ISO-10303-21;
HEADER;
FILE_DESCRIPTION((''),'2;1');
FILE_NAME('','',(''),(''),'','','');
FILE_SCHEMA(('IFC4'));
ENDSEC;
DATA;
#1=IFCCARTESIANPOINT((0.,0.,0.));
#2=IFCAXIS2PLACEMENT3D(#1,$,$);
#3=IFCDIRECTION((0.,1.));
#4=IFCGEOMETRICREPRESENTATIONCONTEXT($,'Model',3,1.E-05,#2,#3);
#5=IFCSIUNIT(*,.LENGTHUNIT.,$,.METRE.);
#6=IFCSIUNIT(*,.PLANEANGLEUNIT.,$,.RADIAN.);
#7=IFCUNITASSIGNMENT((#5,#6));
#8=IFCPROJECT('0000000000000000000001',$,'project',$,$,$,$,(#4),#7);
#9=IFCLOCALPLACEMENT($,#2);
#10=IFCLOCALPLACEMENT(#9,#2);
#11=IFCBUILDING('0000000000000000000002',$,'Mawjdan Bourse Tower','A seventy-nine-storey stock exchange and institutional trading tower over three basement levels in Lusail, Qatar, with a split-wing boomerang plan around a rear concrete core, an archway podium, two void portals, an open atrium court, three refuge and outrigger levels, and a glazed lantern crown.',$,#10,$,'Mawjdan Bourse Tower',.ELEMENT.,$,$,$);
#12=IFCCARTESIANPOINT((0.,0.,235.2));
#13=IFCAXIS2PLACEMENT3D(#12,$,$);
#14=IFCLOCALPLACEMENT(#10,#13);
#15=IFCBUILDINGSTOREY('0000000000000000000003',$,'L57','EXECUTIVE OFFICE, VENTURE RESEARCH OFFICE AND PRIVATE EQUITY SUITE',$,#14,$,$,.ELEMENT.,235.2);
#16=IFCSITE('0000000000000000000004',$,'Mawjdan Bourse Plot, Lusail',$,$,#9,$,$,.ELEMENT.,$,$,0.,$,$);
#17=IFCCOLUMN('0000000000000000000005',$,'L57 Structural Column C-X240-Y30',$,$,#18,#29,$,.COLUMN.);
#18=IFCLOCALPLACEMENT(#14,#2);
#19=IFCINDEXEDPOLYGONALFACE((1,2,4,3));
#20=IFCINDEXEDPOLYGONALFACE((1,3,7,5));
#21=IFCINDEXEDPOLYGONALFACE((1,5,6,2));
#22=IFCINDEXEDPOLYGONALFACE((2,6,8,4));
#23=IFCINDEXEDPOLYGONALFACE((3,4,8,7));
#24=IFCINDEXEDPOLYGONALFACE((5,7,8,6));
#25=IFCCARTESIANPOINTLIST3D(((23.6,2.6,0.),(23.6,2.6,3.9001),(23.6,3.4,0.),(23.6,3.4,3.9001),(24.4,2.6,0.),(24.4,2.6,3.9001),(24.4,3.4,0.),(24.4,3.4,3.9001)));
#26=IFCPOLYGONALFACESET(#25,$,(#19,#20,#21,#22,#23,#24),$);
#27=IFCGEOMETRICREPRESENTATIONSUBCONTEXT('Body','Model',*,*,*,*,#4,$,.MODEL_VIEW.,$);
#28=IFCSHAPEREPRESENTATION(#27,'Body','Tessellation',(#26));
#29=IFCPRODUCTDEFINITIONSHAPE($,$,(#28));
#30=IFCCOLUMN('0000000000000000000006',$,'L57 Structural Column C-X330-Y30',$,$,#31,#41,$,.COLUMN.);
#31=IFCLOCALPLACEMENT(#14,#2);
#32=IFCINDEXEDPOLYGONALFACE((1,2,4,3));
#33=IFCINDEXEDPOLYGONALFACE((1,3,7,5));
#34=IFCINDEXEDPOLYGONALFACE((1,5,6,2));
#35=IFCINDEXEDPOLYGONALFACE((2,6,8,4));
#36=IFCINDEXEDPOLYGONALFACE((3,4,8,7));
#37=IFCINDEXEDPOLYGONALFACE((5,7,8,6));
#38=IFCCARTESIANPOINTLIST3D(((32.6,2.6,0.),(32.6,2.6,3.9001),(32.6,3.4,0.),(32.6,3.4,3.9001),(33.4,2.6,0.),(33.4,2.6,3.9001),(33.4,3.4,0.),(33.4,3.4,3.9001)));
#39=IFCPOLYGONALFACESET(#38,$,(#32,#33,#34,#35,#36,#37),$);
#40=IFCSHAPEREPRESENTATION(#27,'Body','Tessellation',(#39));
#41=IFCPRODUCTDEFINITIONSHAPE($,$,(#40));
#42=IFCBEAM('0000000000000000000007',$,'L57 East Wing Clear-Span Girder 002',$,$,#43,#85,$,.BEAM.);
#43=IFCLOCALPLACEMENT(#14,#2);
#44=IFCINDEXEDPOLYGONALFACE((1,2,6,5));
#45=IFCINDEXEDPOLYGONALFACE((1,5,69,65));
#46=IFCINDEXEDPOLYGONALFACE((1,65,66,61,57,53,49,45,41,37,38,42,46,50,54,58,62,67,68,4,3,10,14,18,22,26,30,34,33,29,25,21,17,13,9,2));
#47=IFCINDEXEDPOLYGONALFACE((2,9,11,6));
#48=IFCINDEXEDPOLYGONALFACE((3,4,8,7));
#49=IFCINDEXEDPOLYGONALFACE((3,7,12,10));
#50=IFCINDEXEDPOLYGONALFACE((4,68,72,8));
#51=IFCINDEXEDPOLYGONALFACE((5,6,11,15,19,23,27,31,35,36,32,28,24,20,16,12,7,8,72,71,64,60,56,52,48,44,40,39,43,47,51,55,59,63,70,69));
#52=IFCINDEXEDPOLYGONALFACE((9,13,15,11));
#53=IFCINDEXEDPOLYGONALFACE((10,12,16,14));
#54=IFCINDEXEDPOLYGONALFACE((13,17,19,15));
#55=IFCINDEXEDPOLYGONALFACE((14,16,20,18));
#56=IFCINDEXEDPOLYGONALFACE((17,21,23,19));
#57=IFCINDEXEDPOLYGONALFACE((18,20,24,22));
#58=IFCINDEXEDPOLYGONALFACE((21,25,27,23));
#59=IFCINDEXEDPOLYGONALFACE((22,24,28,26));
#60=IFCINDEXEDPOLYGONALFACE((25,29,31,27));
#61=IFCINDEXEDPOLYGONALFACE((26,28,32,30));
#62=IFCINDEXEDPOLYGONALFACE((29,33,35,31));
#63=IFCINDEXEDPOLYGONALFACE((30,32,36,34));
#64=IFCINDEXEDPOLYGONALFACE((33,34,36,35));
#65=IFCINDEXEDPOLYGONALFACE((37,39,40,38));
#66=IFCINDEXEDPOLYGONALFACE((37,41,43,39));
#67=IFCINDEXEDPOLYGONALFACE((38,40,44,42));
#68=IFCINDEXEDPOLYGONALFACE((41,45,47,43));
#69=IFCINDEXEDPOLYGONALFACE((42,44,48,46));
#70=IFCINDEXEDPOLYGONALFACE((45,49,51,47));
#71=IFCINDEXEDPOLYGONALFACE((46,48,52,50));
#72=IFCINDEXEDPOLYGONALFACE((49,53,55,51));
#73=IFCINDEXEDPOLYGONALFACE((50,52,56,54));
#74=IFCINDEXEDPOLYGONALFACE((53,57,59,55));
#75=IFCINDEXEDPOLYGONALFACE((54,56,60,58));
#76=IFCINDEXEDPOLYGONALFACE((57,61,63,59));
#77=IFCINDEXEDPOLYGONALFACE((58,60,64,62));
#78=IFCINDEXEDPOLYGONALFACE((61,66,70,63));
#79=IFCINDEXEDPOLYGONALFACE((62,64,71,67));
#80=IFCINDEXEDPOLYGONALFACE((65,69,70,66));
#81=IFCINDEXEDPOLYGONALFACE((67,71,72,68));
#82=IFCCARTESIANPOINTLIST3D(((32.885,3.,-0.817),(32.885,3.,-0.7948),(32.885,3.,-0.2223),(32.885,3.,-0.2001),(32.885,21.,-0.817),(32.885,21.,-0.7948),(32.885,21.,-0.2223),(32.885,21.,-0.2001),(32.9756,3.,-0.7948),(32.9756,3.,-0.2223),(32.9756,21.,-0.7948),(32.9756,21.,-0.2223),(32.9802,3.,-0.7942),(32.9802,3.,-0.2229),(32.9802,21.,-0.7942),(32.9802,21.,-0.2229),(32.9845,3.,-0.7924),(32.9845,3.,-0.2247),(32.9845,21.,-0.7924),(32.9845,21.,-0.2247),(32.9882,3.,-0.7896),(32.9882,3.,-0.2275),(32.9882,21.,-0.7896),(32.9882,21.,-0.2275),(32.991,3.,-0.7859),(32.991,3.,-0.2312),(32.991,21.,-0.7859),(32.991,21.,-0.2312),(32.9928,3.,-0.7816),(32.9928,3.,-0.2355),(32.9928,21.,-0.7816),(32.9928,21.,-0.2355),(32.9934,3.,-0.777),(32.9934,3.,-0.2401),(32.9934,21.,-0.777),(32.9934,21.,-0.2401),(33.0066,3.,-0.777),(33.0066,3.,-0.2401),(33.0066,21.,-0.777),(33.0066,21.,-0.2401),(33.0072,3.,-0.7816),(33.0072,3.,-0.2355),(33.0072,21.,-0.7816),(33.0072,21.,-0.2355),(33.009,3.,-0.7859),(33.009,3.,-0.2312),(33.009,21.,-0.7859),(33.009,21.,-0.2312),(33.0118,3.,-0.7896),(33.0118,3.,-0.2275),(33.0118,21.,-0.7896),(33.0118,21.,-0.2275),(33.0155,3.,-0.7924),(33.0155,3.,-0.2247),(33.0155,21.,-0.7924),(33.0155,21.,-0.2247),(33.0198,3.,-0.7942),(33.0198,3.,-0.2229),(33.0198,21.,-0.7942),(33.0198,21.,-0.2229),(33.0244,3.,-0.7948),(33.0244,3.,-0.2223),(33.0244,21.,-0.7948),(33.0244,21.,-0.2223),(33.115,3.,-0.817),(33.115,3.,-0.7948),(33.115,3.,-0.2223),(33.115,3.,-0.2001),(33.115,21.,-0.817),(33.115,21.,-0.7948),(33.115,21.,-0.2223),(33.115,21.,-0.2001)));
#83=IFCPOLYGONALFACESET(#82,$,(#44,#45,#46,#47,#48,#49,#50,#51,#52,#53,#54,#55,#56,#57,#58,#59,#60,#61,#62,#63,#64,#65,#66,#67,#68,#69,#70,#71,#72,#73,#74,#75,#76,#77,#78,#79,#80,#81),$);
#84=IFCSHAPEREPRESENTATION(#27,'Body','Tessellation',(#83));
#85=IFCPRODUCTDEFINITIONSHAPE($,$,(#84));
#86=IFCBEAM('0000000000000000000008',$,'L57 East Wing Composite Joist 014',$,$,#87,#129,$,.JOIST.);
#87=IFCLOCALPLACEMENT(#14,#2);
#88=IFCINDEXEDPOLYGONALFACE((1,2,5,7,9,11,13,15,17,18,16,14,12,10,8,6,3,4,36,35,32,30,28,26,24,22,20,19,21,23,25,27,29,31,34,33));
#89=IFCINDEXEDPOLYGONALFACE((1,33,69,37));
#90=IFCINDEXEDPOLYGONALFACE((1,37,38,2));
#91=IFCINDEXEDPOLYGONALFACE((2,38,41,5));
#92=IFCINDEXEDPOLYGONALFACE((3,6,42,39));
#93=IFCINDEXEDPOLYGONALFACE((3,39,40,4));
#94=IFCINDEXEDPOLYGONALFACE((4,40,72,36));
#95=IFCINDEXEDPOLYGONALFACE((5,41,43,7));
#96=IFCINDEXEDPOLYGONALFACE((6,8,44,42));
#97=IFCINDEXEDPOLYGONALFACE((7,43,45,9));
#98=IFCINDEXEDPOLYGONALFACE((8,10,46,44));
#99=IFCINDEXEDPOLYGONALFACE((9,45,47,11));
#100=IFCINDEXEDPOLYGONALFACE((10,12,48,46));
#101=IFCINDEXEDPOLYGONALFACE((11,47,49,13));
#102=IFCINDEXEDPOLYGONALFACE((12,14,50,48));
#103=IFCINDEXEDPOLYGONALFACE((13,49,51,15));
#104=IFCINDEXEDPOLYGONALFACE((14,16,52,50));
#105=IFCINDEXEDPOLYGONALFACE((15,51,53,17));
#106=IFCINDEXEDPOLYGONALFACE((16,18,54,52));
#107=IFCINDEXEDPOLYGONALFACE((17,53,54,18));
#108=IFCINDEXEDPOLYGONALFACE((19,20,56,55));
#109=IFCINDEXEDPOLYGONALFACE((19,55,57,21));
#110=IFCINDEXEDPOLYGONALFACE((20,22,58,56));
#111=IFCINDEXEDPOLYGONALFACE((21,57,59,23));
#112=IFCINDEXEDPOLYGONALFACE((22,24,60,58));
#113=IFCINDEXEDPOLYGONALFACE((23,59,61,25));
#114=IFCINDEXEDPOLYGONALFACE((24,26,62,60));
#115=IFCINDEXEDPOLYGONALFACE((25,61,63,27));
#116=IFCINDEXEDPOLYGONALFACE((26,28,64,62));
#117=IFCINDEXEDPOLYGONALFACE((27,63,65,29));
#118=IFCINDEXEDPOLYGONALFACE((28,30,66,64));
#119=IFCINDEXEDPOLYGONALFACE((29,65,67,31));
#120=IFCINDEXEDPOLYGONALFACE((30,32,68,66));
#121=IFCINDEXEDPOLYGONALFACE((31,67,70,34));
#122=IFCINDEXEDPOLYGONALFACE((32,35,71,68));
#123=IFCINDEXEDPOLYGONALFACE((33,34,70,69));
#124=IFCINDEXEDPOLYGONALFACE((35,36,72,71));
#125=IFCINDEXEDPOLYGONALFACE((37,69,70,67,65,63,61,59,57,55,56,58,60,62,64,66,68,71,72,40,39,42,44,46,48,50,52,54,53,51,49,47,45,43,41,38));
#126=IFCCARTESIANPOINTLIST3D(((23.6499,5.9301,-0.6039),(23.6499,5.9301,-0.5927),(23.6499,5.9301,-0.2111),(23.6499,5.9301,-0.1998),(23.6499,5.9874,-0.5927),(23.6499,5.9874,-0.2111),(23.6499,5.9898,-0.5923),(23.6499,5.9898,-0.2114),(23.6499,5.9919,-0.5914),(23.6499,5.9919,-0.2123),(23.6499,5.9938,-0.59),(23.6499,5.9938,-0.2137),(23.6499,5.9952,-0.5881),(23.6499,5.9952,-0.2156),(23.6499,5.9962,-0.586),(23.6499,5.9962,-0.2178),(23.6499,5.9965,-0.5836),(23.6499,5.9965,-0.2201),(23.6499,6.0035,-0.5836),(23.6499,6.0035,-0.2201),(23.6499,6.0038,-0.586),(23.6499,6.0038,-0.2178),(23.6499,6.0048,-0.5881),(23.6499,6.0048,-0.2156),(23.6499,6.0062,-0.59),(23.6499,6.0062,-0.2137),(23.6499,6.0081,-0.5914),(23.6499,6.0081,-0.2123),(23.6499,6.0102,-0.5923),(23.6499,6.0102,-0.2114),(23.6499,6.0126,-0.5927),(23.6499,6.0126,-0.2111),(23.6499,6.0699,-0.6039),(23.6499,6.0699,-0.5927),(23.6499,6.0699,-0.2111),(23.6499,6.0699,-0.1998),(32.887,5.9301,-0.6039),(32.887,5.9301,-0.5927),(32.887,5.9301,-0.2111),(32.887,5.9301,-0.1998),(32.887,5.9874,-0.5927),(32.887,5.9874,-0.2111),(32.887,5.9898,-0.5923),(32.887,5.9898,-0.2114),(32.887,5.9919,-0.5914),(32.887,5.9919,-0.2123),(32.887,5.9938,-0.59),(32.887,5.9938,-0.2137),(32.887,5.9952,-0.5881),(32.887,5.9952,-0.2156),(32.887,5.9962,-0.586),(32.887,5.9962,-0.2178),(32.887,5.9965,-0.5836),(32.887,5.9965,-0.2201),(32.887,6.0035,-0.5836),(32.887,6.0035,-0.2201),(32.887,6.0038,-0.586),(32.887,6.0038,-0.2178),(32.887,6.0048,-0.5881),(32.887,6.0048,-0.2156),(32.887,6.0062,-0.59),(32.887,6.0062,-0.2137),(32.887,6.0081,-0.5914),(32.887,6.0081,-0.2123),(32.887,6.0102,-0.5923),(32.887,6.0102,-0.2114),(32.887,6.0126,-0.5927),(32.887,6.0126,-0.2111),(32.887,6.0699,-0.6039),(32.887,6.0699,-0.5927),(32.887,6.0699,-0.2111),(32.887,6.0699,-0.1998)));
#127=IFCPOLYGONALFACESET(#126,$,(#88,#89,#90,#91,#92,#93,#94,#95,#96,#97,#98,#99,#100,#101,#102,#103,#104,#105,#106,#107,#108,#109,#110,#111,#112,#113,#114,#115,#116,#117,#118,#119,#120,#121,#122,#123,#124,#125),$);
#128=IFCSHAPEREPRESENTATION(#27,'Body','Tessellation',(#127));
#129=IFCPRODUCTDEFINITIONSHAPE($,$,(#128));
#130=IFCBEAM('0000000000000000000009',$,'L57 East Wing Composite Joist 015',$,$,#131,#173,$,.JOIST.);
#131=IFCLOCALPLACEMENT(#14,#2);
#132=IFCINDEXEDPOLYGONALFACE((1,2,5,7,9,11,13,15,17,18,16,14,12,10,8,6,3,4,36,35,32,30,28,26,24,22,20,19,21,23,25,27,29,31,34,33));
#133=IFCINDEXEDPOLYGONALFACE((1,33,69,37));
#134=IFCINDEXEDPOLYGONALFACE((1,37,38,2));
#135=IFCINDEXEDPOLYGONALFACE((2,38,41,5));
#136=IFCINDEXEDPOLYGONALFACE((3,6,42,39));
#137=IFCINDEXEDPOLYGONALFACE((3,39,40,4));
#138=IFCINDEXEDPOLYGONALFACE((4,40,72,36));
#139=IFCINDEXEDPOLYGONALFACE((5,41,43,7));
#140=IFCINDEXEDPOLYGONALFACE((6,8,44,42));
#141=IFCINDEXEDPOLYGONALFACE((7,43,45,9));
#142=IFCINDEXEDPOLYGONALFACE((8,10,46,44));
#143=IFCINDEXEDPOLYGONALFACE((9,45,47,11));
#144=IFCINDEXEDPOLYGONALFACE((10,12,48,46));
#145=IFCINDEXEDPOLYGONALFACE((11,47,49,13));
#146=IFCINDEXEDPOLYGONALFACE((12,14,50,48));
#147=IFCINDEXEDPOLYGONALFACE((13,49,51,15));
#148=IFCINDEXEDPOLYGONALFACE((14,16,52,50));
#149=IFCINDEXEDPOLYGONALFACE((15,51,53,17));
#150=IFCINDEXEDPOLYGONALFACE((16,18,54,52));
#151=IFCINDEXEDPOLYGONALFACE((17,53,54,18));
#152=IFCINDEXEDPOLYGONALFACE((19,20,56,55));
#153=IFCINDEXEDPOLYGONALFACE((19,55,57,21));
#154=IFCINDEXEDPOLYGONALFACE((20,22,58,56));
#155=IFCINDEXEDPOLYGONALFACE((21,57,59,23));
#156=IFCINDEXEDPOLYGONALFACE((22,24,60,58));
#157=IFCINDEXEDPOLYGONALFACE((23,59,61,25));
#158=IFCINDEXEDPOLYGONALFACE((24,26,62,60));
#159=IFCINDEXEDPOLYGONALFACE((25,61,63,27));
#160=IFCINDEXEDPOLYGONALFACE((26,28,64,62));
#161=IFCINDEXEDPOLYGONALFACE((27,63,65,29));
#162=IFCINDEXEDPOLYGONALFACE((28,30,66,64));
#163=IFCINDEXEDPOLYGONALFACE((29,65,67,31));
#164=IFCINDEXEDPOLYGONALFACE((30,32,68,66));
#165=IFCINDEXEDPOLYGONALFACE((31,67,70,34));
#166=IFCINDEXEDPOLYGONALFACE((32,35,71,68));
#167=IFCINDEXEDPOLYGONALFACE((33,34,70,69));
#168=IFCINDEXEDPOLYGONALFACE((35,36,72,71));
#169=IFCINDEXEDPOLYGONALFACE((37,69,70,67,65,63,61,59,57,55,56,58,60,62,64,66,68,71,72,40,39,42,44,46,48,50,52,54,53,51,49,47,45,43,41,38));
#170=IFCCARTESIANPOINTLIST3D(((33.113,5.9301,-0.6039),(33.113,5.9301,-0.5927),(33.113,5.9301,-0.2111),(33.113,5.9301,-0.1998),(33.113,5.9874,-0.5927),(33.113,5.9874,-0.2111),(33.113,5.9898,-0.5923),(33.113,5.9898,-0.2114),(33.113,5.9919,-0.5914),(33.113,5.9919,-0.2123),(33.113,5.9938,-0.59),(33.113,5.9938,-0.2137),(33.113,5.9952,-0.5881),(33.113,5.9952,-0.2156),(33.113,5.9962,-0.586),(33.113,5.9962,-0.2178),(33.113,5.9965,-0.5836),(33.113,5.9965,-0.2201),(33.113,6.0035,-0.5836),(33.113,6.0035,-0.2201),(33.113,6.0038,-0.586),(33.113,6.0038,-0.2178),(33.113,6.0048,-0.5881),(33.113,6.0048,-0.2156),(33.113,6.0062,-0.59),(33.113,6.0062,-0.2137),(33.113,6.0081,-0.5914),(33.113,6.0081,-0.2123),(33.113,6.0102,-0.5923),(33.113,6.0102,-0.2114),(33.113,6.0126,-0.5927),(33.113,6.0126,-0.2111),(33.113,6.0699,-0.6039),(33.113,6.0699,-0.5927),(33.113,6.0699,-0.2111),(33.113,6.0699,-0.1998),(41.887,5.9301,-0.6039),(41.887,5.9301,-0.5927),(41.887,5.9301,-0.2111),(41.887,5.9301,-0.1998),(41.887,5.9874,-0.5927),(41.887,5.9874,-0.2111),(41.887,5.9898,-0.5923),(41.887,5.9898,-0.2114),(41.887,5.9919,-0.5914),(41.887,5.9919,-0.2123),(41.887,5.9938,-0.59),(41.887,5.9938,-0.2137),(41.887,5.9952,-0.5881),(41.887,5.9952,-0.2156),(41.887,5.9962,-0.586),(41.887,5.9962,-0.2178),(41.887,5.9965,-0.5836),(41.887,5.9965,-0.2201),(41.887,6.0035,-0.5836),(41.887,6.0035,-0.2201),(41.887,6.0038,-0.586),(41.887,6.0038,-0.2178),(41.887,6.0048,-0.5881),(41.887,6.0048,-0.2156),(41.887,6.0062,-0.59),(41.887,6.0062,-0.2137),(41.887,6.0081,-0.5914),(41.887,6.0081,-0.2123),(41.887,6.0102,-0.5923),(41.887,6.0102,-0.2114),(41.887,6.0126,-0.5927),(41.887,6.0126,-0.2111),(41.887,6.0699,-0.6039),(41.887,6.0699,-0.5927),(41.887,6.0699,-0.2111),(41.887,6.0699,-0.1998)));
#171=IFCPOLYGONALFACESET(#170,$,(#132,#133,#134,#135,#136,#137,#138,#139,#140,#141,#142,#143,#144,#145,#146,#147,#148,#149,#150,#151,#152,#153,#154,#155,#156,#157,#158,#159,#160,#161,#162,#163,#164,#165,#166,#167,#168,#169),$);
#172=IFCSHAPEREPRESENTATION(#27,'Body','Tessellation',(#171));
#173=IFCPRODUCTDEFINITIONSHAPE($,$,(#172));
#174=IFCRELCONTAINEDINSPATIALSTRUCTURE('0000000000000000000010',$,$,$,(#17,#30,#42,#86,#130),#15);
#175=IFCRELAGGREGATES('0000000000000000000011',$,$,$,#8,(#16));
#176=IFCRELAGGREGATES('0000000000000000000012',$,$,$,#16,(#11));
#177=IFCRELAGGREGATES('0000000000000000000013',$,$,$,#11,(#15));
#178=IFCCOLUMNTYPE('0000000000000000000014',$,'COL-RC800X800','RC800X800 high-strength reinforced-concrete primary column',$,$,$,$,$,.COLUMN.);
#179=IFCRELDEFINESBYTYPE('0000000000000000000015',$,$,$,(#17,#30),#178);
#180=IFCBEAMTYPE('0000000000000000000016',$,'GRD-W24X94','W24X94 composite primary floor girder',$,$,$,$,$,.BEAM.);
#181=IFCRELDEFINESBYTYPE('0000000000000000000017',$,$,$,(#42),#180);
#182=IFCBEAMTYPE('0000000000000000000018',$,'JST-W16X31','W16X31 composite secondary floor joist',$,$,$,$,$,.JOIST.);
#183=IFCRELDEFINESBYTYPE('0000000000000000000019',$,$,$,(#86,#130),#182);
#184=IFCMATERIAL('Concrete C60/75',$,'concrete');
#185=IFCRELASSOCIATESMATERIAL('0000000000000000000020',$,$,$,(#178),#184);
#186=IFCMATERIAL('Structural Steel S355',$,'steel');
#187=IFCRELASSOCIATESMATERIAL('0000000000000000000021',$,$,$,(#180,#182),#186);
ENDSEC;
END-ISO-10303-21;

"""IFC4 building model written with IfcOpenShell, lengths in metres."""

from ifc_helpers import new_model, si_unit, direction, frame, origin, origin_2d, place, context, subcontext, project, spatial, rectangle, i_section, extrude, material, material_profile, profile_set, type_object, element, save


model = new_model("IFC4")

# Units and contexts
model_context = context("Model", 3, precision=1e-05, world=origin(), true_north=direction((0.0, 1.0)))
body_context = subcontext(model_context, "Body", "Model", "MODEL_VIEW")
ifc_project = project(units=[si_unit("LENGTHUNIT", "METRE"), si_unit("PLANEANGLEUNIT", "RADIAN")], contexts=[model_context])

# Site, building, storey
site_placement = place(None, origin())
site = spatial("IfcSite", under=ifc_project, at=site_placement, Name="Mawjdan Bourse Plot, Lusail", CompositionType="ELEMENT", RefElevation=0.0)
building_placement = place(site_placement, origin())
building = spatial("IfcBuilding", under=site, at=building_placement, Name="Mawjdan Bourse Tower", Description="A seventy-nine-storey stock exchange and institutional trading tower over three basement levels in Lusail, Qatar, with a split-wing boomerang plan around a rear concrete core, an archway podium, two void portals, an open atrium court, three refuge and outrigger levels, and a glazed lantern crown.", LongName="Mawjdan Bourse Tower", CompositionType="ELEMENT")
storey_placement = place(building_placement, frame((0.0, 0.0, 235.2)))
storey = spatial("IfcBuildingStorey", under=building, at=storey_placement, Name="L57", Description="EXECUTIVE OFFICE, VENTURE RESEARCH OFFICE AND PRIVATE EQUITY SUITE", CompositionType="ELEMENT", Elevation=235.2)

# Columns
ifc_material_1 = material(Name="Concrete C60/75", Category="concrete")
ifc_material_profile_1 = material_profile(ifc_material_1, rectangle(XDim=0.8, YDim=0.8, at=origin_2d()), Name="RC800X800")
ifc_profile_set_1 = profile_set([ifc_material_profile_1], Name="Concrete C60/75")
column_type = type_object("IfcColumnType", Name="COL-RC800X800", Description="RC800X800 high-strength reinforced-concrete primary column", PredefinedType="COLUMN", material=ifc_profile_set_1)
for number, where, z_axis, x_axis, name in (
    (1, (24.0, 3.0, 0.0), (0.0, 0.0, 1.0), (1.0, 0.0, 0.0), "L57 Structural Column C-X240-Y30"),
    (2, (33.0, 3.0, 0.0), (0.0, 0.0, 1.0), (1.0, 0.0, 0.0), "L57 Structural Column C-X330-Y30"),
):
    element("IfcColumn", number, at=place(storey_placement, frame(where, z_axis=z_axis, x_axis=x_axis)), inside=storey, type_object=column_type, Name=name, PredefinedType="COLUMN", context=body_context, shape_type="SweptSolid", body=[
        extrude(rectangle(XDim=0.8, YDim=0.8, at=origin_2d()), origin(), (0.0, 0.0, 1.0), 3.9001),
    ])

# Beams
ifc_material_2 = material(Name="Structural Steel S355", Category="steel")
ifc_material_profile_2 = material_profile(ifc_material_2, i_section(OverallWidth=0.23, OverallDepth=0.6169, WebThickness=0.0132, FlangeThickness=0.0222, FilletRadius=0.0178, at=origin_2d()), Name="W24X94")
ifc_profile_set_2 = profile_set([ifc_material_profile_2], Name="Structural Steel S355")
beam_type_1 = type_object("IfcBeamType", Name="GRD-W24X94", Description="W24X94 composite primary floor girder", PredefinedType="BEAM", material=ifc_profile_set_2)
beam_1_placement = place(storey_placement, frame((33.0, 3.0, -0.5085), z_axis=(0.0, 1.0, 0.0), x_axis=(-1.0, 0.0, 0.0)))
element("IfcBeam", 3, at=beam_1_placement, inside=storey, type_object=beam_type_1, Name="L57 East Wing Clear-Span Girder 002", PredefinedType="BEAM", context=body_context, shape_type="SweptSolid", body=[
    extrude(i_section(OverallWidth=0.23, OverallDepth=0.6169, WebThickness=0.0132, FlangeThickness=0.0222, FilletRadius=0.0178, at=origin_2d()), origin(), (0.0, 0.0, 1.0), 18.0),
])
ifc_material_profile_3 = material_profile(ifc_material_2, i_section(OverallWidth=0.1399, OverallDepth=0.4041, WebThickness=0.0071, FlangeThickness=0.0112, FilletRadius=0.009, at=origin_2d()), Name="W16X31")
ifc_profile_set_3 = profile_set([ifc_material_profile_3], Name="Structural Steel S355")
beam_type_2 = type_object("IfcBeamType", Name="JST-W16X31", Description="W16X31 composite secondary floor joist", PredefinedType="JOIST", material=ifc_profile_set_3)
beam_2_placement = place(storey_placement, frame((23.6499, 6.0, -0.4019), z_axis=(1.0, 0.0, 0.0), x_axis=(0.0, 1.0, 0.0)))
element("IfcBeam", 4, at=beam_2_placement, inside=storey, type_object=beam_type_2, Name="L57 East Wing Composite Joist 014", PredefinedType="JOIST", context=body_context, shape_type="SweptSolid", body=[
    extrude(i_section(OverallWidth=0.1399, OverallDepth=0.4041, WebThickness=0.0071, FlangeThickness=0.0112, FilletRadius=0.009, at=origin_2d()), origin(), (0.0, 0.0, 1.0), 9.2371),
])
beam_3_placement = place(storey_placement, frame((33.113, 6.0, -0.4019), z_axis=(1.0, 0.0, 0.0), x_axis=(0.0, 1.0, 0.0)))
element("IfcBeam", 5, at=beam_3_placement, inside=storey, type_object=beam_type_2, Name="L57 East Wing Composite Joist 015", PredefinedType="JOIST", context=body_context, shape_type="SweptSolid", body=[
    extrude(i_section(OverallWidth=0.1399, OverallDepth=0.4041, WebThickness=0.0071, FlangeThickness=0.0112, FilletRadius=0.009, at=origin_2d()), origin(), (0.0, 0.0, 1.0), 8.7739),
])

save(model, "model.ifc")
